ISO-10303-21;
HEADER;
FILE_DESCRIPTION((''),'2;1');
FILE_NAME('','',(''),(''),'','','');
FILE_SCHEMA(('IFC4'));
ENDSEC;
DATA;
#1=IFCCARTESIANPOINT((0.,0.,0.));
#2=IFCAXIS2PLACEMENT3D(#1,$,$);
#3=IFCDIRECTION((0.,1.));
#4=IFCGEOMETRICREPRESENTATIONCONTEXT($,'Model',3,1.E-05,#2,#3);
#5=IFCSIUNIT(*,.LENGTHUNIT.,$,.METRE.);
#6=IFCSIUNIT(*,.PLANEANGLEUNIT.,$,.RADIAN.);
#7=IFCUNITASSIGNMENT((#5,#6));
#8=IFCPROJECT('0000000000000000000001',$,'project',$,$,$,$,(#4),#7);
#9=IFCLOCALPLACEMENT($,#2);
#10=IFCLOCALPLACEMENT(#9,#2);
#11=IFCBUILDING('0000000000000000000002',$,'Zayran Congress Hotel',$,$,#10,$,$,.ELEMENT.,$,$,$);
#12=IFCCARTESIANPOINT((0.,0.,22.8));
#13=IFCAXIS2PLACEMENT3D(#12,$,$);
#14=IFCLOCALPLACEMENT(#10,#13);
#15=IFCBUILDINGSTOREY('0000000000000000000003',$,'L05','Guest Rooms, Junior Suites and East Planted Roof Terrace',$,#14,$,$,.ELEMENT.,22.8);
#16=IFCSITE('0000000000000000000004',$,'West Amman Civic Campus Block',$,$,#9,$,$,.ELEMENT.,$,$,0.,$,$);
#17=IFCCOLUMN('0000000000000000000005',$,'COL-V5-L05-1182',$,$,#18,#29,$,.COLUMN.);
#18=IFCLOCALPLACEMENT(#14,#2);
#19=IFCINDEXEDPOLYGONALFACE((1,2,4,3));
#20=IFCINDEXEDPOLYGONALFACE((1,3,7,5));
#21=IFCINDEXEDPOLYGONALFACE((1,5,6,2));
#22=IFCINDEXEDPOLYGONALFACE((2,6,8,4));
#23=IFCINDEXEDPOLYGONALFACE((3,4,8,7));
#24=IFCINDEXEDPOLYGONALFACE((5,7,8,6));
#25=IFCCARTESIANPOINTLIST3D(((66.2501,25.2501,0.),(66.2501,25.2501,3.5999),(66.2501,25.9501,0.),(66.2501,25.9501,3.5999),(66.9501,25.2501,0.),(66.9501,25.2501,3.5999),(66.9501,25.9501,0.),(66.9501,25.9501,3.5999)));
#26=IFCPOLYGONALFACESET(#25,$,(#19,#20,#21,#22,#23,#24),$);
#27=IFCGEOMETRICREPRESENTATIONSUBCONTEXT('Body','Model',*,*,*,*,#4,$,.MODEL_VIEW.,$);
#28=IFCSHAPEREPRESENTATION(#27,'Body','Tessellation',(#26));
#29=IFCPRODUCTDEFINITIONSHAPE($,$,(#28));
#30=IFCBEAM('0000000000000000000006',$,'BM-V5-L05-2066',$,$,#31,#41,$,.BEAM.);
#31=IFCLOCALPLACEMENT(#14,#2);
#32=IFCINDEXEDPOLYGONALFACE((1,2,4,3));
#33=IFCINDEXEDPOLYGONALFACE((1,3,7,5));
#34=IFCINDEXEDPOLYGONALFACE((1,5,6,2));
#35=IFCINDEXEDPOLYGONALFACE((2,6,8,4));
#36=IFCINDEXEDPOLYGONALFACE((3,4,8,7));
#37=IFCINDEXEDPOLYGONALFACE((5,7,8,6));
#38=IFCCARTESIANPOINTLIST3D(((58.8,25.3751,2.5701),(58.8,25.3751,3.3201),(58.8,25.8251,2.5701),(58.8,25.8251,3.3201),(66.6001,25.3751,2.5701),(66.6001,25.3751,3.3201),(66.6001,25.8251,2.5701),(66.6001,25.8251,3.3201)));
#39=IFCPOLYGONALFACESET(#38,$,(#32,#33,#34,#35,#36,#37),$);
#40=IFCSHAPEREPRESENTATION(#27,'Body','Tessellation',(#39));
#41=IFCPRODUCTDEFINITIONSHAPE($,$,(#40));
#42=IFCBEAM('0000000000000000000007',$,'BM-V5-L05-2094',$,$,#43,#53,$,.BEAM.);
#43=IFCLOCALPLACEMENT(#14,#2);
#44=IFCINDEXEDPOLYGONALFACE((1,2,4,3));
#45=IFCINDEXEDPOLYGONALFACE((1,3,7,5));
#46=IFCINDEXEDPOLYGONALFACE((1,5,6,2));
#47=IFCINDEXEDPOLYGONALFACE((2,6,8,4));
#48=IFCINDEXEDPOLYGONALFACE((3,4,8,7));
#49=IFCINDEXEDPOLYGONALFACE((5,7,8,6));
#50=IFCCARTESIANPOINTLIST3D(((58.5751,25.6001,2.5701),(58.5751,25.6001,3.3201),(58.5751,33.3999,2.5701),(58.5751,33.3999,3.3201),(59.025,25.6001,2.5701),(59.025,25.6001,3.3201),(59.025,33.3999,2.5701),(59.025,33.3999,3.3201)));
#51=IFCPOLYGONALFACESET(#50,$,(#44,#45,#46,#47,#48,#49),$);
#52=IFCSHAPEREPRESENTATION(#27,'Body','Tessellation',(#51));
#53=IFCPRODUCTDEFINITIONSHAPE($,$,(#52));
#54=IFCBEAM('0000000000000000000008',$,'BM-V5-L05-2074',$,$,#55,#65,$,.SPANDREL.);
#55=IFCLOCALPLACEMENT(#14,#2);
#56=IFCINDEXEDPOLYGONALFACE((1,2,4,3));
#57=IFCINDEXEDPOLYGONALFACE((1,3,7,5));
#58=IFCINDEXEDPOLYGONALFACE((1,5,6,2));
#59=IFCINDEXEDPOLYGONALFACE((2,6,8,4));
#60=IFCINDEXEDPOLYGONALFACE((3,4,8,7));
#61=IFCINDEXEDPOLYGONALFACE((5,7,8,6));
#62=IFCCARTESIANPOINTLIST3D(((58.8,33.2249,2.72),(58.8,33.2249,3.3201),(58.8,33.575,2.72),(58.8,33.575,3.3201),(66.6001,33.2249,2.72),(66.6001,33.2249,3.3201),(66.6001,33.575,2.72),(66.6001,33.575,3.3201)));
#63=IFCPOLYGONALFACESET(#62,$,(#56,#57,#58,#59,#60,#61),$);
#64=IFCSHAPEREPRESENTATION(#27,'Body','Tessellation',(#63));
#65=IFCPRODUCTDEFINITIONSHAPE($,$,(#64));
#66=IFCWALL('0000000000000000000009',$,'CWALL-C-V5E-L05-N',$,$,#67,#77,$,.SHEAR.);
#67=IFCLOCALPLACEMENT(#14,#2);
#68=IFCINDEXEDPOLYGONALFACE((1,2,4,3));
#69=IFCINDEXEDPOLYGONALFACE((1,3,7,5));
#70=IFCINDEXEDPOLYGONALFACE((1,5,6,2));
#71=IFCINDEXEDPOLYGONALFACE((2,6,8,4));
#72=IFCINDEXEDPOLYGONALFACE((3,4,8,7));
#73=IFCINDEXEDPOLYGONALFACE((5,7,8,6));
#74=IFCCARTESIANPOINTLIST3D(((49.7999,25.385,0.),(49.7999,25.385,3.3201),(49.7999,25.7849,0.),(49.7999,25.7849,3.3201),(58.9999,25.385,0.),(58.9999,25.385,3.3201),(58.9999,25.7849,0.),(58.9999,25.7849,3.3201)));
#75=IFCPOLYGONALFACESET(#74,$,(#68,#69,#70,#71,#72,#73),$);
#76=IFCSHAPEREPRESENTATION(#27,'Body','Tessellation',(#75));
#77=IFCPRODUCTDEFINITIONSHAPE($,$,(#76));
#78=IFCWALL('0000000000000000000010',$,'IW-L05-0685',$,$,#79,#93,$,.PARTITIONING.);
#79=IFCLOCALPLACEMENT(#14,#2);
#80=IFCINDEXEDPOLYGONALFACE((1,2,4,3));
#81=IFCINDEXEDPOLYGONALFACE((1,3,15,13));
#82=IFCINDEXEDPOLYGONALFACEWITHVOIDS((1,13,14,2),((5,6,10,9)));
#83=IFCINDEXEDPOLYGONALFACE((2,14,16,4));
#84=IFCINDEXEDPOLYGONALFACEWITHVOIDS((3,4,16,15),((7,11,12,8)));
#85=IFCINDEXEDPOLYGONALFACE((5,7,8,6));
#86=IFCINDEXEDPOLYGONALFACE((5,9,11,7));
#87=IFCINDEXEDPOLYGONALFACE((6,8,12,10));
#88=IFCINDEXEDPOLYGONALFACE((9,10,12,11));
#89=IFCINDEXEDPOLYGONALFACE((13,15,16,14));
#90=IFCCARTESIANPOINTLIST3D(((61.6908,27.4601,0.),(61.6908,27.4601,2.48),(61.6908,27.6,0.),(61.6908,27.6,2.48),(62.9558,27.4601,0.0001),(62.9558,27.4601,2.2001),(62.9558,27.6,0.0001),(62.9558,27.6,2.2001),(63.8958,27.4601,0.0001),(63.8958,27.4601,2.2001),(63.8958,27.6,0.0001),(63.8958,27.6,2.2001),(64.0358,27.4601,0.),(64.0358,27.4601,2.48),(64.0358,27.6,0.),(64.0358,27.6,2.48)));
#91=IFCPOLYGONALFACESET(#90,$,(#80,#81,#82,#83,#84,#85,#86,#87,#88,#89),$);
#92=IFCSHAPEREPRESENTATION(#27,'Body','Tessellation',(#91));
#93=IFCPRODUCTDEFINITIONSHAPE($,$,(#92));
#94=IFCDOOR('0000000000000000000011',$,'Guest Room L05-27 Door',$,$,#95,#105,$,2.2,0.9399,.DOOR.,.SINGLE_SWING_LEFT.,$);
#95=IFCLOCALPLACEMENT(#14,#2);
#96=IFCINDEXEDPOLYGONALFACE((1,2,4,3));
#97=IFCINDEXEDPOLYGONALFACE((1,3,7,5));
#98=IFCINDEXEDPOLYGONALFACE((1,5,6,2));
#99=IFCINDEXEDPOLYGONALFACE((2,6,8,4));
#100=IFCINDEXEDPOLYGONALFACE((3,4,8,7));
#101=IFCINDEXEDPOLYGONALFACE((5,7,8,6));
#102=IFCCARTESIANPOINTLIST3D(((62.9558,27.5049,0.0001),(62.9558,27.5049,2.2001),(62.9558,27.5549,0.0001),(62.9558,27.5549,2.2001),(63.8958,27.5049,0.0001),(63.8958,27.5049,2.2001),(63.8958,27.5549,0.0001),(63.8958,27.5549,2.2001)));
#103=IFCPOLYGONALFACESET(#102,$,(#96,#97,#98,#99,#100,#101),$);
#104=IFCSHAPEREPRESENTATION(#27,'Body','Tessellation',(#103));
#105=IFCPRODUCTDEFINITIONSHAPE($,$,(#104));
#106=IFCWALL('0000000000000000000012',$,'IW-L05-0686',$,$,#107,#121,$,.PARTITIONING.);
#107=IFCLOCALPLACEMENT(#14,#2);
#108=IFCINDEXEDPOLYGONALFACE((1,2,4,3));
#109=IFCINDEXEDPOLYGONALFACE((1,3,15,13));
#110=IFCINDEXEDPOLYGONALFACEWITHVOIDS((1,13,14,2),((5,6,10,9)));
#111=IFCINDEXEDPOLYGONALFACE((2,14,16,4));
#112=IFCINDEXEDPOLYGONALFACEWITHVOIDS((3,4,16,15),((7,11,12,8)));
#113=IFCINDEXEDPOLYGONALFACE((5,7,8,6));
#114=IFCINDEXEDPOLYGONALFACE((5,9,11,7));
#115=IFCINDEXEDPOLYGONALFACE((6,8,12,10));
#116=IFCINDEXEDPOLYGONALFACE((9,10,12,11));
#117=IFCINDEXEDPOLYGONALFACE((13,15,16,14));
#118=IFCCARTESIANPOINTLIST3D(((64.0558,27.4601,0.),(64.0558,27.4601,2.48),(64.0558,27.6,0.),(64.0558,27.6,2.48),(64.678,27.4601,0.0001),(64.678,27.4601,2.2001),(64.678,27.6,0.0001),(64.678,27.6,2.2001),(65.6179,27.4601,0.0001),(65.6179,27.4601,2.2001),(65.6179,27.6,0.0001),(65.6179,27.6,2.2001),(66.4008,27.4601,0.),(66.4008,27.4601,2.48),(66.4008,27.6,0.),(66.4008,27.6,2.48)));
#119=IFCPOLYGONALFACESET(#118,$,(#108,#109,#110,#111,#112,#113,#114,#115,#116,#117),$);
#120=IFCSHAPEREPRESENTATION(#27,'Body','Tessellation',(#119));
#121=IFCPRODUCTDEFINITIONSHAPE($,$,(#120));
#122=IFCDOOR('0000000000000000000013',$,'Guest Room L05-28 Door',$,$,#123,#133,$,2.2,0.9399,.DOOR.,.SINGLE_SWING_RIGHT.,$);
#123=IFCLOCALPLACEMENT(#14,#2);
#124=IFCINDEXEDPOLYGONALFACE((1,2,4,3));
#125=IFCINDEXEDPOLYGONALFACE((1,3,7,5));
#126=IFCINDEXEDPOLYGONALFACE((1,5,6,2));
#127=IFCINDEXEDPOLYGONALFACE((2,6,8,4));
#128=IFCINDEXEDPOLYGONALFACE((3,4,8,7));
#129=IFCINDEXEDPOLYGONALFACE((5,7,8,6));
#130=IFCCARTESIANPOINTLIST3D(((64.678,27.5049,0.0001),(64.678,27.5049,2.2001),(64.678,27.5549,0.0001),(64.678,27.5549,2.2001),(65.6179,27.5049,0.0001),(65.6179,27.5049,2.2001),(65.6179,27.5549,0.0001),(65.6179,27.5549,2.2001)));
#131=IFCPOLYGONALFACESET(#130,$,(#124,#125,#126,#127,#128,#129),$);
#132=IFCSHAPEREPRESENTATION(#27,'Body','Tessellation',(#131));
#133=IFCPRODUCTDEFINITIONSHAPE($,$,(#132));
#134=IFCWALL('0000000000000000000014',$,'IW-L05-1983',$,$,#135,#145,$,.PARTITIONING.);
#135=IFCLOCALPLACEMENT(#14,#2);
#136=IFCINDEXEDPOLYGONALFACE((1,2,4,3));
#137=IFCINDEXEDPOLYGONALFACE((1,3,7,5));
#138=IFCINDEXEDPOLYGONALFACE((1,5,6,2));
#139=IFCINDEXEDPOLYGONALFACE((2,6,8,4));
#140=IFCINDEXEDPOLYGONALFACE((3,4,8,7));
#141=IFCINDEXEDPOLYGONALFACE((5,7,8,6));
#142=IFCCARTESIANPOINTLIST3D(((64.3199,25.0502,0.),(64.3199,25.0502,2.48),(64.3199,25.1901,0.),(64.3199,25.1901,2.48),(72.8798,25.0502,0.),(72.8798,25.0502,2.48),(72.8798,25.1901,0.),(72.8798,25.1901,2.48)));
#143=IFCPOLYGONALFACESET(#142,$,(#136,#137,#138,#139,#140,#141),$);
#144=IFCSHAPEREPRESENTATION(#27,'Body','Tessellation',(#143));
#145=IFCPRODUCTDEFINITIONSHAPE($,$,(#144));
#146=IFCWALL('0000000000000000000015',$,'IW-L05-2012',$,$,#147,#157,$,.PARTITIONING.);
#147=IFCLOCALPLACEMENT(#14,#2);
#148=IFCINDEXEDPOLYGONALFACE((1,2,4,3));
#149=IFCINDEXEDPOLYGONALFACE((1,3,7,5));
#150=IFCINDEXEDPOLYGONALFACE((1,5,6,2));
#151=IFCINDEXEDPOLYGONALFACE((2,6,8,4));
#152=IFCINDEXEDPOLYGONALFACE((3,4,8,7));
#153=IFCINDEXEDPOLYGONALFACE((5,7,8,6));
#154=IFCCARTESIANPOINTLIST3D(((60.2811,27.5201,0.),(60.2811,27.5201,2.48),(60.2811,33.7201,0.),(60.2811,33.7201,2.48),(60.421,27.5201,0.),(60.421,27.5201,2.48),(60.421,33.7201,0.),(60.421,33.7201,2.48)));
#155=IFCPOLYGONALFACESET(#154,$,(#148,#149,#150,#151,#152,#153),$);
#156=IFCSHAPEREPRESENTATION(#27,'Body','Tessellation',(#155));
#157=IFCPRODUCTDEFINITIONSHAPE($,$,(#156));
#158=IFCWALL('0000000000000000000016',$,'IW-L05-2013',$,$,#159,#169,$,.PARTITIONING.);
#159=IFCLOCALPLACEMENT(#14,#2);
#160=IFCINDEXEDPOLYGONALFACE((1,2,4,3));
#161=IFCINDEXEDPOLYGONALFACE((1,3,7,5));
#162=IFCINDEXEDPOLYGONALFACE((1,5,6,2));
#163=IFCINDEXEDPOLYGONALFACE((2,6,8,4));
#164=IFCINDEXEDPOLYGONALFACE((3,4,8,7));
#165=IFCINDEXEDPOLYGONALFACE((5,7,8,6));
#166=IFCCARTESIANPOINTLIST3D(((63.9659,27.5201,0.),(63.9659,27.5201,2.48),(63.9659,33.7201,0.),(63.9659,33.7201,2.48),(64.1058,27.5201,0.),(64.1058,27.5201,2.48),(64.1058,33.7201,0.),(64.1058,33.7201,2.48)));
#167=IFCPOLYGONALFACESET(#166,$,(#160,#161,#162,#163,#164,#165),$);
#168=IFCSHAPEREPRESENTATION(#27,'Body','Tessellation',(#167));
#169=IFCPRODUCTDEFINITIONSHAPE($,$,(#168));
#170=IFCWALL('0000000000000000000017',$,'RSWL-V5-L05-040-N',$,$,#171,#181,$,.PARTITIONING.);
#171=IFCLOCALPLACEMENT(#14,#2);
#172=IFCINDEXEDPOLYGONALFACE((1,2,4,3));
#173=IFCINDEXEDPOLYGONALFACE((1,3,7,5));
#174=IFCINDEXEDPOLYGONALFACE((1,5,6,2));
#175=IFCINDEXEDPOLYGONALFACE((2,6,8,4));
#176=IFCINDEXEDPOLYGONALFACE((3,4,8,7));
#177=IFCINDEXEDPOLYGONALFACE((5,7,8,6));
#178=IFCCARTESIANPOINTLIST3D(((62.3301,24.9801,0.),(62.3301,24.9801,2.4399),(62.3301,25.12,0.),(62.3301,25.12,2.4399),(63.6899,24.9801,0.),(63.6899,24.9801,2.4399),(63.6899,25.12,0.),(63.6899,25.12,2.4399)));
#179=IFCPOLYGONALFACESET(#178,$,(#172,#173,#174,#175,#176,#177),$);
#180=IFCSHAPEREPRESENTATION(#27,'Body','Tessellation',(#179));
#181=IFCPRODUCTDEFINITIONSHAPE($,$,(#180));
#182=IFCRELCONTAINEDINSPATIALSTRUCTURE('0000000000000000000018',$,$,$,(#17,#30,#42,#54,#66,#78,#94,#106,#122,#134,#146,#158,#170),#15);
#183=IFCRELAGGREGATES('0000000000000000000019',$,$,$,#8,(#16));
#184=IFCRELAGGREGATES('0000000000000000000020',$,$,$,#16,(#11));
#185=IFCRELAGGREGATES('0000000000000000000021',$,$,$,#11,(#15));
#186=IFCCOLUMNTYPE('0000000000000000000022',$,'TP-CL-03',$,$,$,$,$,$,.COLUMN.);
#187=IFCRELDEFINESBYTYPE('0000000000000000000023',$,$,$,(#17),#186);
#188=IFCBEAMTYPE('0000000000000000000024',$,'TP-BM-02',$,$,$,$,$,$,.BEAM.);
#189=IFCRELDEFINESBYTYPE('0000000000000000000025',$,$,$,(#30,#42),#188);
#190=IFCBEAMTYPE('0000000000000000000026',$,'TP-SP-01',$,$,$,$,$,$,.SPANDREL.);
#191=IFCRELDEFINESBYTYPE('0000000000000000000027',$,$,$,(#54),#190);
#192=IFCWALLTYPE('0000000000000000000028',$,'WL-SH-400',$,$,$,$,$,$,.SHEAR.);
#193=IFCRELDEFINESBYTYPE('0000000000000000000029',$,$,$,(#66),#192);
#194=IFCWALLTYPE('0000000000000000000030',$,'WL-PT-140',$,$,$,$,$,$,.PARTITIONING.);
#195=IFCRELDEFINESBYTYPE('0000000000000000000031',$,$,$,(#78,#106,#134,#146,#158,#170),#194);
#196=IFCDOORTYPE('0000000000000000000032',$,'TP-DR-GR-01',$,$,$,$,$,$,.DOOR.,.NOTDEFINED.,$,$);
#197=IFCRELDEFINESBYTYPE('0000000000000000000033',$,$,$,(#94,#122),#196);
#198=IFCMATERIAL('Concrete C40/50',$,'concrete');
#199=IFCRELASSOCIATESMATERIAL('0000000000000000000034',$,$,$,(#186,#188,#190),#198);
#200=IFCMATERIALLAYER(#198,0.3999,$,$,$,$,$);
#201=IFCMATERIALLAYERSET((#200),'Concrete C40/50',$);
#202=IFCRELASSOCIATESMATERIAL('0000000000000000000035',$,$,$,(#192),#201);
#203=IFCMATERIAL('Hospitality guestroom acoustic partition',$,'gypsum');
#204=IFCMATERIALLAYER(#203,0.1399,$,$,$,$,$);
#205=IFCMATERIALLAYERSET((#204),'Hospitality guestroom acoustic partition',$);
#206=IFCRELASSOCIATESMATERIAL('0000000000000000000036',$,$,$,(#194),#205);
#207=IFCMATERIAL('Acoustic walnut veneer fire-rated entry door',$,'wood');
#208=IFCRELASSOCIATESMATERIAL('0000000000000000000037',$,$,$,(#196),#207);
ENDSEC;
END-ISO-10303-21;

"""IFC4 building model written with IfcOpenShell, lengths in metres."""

from ifc_helpers import new_model, si_unit, direction, frame, frame_2d, origin, origin_2d, place, context, subcontext, project, spatial, rectangle, extrude, material, layer, layer_set, material_profile, profile_set, type_object, element, fill, save


model = new_model("IFC4")

# Units and contexts
model_context = context("Model", 3, precision=1e-05, world=origin(), true_north=direction((0.0, 1.0)))
body_context = subcontext(model_context, "Body", "Model", "MODEL_VIEW")
ifc_project = project(units=[si_unit("LENGTHUNIT", "METRE"), si_unit("PLANEANGLEUNIT", "RADIAN")], contexts=[model_context])

# Site, building, storey
site_placement = place(None, origin())
site = spatial("IfcSite", under=ifc_project, at=site_placement, Name="West Amman Civic Campus Block", CompositionType="ELEMENT", RefElevation=0.0)
building_placement = place(site_placement, origin())
building = spatial("IfcBuilding", under=site, at=building_placement, Name="Zayran Congress Hotel", CompositionType="ELEMENT")
storey_placement = place(building_placement, frame((0.0, 0.0, 22.8)))
storey = spatial("IfcBuildingStorey", under=building, at=storey_placement, Name="L05", Description="Guest Rooms, Junior Suites and East Planted Roof Terrace", CompositionType="ELEMENT", Elevation=22.8)

# Column
ifc_material_1 = material(Name="Concrete C40/50", Category="concrete")
ifc_material_profile_1 = material_profile(ifc_material_1, rectangle(XDim=0.7, YDim=0.7, at=origin_2d()), Name="RC 700x700")
ifc_profile_set_1 = profile_set([ifc_material_profile_1], Name="Concrete C40/50")
column_type = type_object("IfcColumnType", Name="TP-CL-03", PredefinedType="COLUMN", material=ifc_profile_set_1)
column_placement = place(storey_placement, frame((66.6001, 25.6001, 0.0), z_axis=(0.0, 0.0, 1.0), x_axis=(1.0, 0.0, 0.0)))
element("IfcColumn", 1, at=column_placement, inside=storey, type_object=column_type, Name="COL-V5-L05-1182", PredefinedType="COLUMN", context=body_context, shape_type="SweptSolid", body=[
    extrude(rectangle(XDim=0.7, YDim=0.7, at=origin_2d()), origin(), (0.0, 0.0, 1.0), 3.5999),
])

# Beams
ifc_material_profile_2 = material_profile(ifc_material_1, rectangle(XDim=0.45, YDim=0.75, at=origin_2d()), Name="RC 450x750")
ifc_profile_set_2 = profile_set([ifc_material_profile_2], Name="Concrete C40/50")
beam_type_1 = type_object("IfcBeamType", Name="TP-BM-02", PredefinedType="BEAM", material=ifc_profile_set_2)
beam_1_placement = place(storey_placement, frame((58.8, 25.6001, 2.9451), z_axis=(1.0, 0.0, 0.0), x_axis=(0.0, 1.0, 0.0)))
element("IfcBeam", 2, at=beam_1_placement, inside=storey, type_object=beam_type_1, Name="BM-V5-L05-2066", PredefinedType="BEAM", context=body_context, shape_type="SweptSolid", body=[
    extrude(rectangle(XDim=0.45, YDim=0.75, at=origin_2d()), origin(), (0.0, 0.0, 1.0), 7.8),
])
beam_2_placement = place(storey_placement, frame((58.8, 25.6001, 2.9451), z_axis=(0.0, 1.0, 0.0), x_axis=(-1.0, 0.0, 0.0)))
element("IfcBeam", 3, at=beam_2_placement, inside=storey, type_object=beam_type_1, Name="BM-V5-L05-2094", PredefinedType="BEAM", context=body_context, shape_type="SweptSolid", body=[
    extrude(rectangle(XDim=0.45, YDim=0.75, at=origin_2d()), origin(), (0.0, 0.0, 1.0), 7.7998),
])
ifc_material_profile_3 = material_profile(ifc_material_1, rectangle(XDim=0.3501, YDim=0.6001, at=origin_2d()), Name="RC 350x600")
ifc_profile_set_3 = profile_set([ifc_material_profile_3], Name="Concrete C40/50")
beam_type_2 = type_object("IfcBeamType", Name="TP-SP-01", PredefinedType="SPANDREL", material=ifc_profile_set_3)
beam_3_placement = place(storey_placement, frame((58.8, 33.3999, 3.02), z_axis=(1.0, 0.0, 0.0), x_axis=(0.0, 1.0, 0.0)))
element("IfcBeam", 4, at=beam_3_placement, inside=storey, type_object=beam_type_2, Name="BM-V5-L05-2074", PredefinedType="SPANDREL", context=body_context, shape_type="SweptSolid", body=[
    extrude(rectangle(XDim=0.3501, YDim=0.6001, at=origin_2d()), origin(), (0.0, 0.0, 1.0), 7.8),
])

# Wall
ifc_layer_1 = layer(ifc_material_1, 0.3999)
ifc_layer_set_1 = layer_set([ifc_layer_1], Name="Concrete C40/50")
wall_type_1 = type_object("IfcWallType", Name="WL-SH-400", PredefinedType="SHEAR", material=ifc_layer_set_1)
wall_1_placement = place(storey_placement, frame((59.0, 25.585, 0.0), z_axis=(0.0, 0.0, 1.0), x_axis=(-1.0, 0.0, 0.0)))
element("IfcWall", 5, at=wall_1_placement, inside=storey, type_object=wall_type_1, Name="CWALL-C-V5E-L05-N", PredefinedType="SHEAR", context=body_context, shape_type="SweptSolid", body=[
    extrude(rectangle(XDim=9.2, YDim=0.3999, at=frame_2d((4.6001, 0.0))), origin(), (0.0, 0.0, 1.0), 3.3201),
])

# Walls, openings, doors
ifc_material_2 = material(Name="Hospitality guestroom acoustic partition", Category="gypsum")
ifc_layer_2 = layer(ifc_material_2, 0.1399)
ifc_layer_set_2 = layer_set([ifc_layer_2], Name="Hospitality guestroom acoustic partition")
wall_type_2 = type_object("IfcWallType", Name="WL-PT-140", PredefinedType="PARTITIONING", material=ifc_layer_set_2)
wall_2_placement = place(storey_placement, frame((61.6909, 27.53, 0.0), z_axis=(0.0, 0.0, 1.0), x_axis=(1.0, 0.0, 0.0)))
wall_2 = element("IfcWall", 6, at=wall_2_placement, inside=storey, type_object=wall_type_2, Name="IW-L05-0685", PredefinedType="PARTITIONING", context=body_context, shape_type="SweptSolid", body=[
    extrude(rectangle(XDim=2.345, YDim=0.1399, at=frame_2d((1.1724, 0.0))), origin(), (0.0, 0.0, 1.0), 2.48),
])
opening_1_placement = place(wall_2_placement, frame((1.2649, 0.0, 0.0)))
opening_1 = element("IfcOpeningElement", 7, at=opening_1_placement, cuts=wall_2, PredefinedType="OPENING", context=body_context, shape_type="SweptSolid", body=[
    extrude(rectangle(XDim=0.9399, YDim=2.2, at=frame_2d((0.47, 1.1001))), frame((0.0, 0.0798, 0.0), z_axis=(0.0, -1.0, 0.0), x_axis=(1.0, 0.0, 0.0)), (0.0, 0.0, 1.0), 0.1599),
])
ifc_material_3 = material(Name="Acoustic walnut veneer fire-rated entry door", Category="wood")
door_type_1 = type_object("IfcDoorType", Name="TP-DR-GR-01", OperationType="NOTDEFINED", PredefinedType="DOOR", material=ifc_material_3)
door_1_placement = place(opening_1_placement, origin())
door_1 = element("IfcDoor", 8, at=door_1_placement, inside=storey, type_object=door_type_1, Name="Guest Room L05-27 Door", OperationType="SINGLE_SWING_LEFT", OverallHeight=2.2, OverallWidth=0.9399, PredefinedType="DOOR", context=body_context, shape_type="SweptSolid", body=[
    extrude(rectangle(XDim=0.9399, YDim=2.2, at=frame_2d((0.47, 1.1001))), frame((0.0, 0.0249, 0.0), z_axis=(0.0, -1.0, 0.0), x_axis=(1.0, 0.0, 0.0)), (0.0, 0.0, 1.0), 0.05),
])
fill(opening_1, door_1)
wall_3_placement = place(storey_placement, frame((64.0559, 27.53, 0.0), z_axis=(0.0, 0.0, 1.0), x_axis=(1.0, 0.0, 0.0)))
wall_3 = element("IfcWall", 9, at=wall_3_placement, inside=storey, type_object=wall_type_2, Name="IW-L05-0686", PredefinedType="PARTITIONING", context=body_context, shape_type="SweptSolid", body=[
    extrude(rectangle(XDim=2.345, YDim=0.1399, at=frame_2d((1.1724, 0.0))), origin(), (0.0, 0.0, 1.0), 2.48),
])
opening_2_placement = place(wall_3_placement, frame((0.6221, 0.0, 0.0)))
opening_2 = element("IfcOpeningElement", 10, at=opening_2_placement, cuts=wall_3, PredefinedType="OPENING", context=body_context, shape_type="SweptSolid", body=[
    extrude(rectangle(XDim=0.9399, YDim=2.2, at=frame_2d((0.47, 1.1001))), frame((0.0, 0.0798, 0.0), z_axis=(0.0, -1.0, 0.0), x_axis=(1.0, 0.0, 0.0)), (0.0, 0.0, 1.0), 0.1599),
])
door_2_placement = place(opening_2_placement, origin())
door_2 = element("IfcDoor", 11, at=door_2_placement, inside=storey, type_object=door_type_1, Name="Guest Room L05-28 Door", OperationType="SINGLE_SWING_RIGHT", OverallHeight=2.2, OverallWidth=0.9399, PredefinedType="DOOR", context=body_context, shape_type="SweptSolid", body=[
    extrude(rectangle(XDim=0.9399, YDim=2.2, at=frame_2d((0.47, 1.1001))), frame((0.0, 0.0249, 0.0), z_axis=(0.0, -1.0, 0.0), x_axis=(1.0, 0.0, 0.0)), (0.0, 0.0, 1.0), 0.05),
])
fill(opening_2, door_2)

# Walls
wall_4_placement = place(storey_placement, frame((64.3201, 25.1201, 0.0), z_axis=(0.0, 0.0, 1.0), x_axis=(1.0, 0.0, 0.0)))
element("IfcWall", 12, at=wall_4_placement, inside=storey, type_object=wall_type_2, Name="IW-L05-1983", PredefinedType="PARTITIONING", context=body_context, shape_type="SweptSolid", body=[
    extrude(rectangle(XDim=8.5598, YDim=0.1399, at=frame_2d((4.2798, 0.0))), origin(), (0.0, 0.0, 1.0), 2.48),
])
for number, where, z_axis, x_axis, name in (
    (13, (60.3511, 27.52, 0.0), (0.0, 0.0, 1.0), (0.0, 1.0, 0.0), "IW-L05-2012"),
    (14, (64.0359, 27.52, 0.0), (0.0, 0.0, 1.0), (0.0, 1.0, 0.0), "IW-L05-2013"),
):
    element("IfcWall", number, at=place(storey_placement, frame(where, z_axis=z_axis, x_axis=x_axis)), inside=storey, type_object=wall_type_2, Name=name, PredefinedType="PARTITIONING", context=body_context, shape_type="SweptSolid", body=[
        extrude(rectangle(XDim=6.2, YDim=0.1399, at=frame_2d((3.1001, 0.0))), origin(), (0.0, 0.0, 1.0), 2.48),
    ])
wall_5_placement = place(storey_placement, frame((63.6899, 25.05, 0.0), z_axis=(0.0, 0.0, 1.0), x_axis=(-1.0, 0.0, 0.0)))
element("IfcWall", 15, at=wall_5_placement, inside=storey, type_object=wall_type_2, Name="RSWL-V5-L05-040-N", PredefinedType="PARTITIONING", context=body_context, shape_type="SweptSolid", body=[
    extrude(rectangle(XDim=1.3599, YDim=0.1399, at=frame_2d((0.6799, 0.0))), origin(), (0.0, 0.0, 1.0), 2.4399),
])

save(model, "model.ifc")
